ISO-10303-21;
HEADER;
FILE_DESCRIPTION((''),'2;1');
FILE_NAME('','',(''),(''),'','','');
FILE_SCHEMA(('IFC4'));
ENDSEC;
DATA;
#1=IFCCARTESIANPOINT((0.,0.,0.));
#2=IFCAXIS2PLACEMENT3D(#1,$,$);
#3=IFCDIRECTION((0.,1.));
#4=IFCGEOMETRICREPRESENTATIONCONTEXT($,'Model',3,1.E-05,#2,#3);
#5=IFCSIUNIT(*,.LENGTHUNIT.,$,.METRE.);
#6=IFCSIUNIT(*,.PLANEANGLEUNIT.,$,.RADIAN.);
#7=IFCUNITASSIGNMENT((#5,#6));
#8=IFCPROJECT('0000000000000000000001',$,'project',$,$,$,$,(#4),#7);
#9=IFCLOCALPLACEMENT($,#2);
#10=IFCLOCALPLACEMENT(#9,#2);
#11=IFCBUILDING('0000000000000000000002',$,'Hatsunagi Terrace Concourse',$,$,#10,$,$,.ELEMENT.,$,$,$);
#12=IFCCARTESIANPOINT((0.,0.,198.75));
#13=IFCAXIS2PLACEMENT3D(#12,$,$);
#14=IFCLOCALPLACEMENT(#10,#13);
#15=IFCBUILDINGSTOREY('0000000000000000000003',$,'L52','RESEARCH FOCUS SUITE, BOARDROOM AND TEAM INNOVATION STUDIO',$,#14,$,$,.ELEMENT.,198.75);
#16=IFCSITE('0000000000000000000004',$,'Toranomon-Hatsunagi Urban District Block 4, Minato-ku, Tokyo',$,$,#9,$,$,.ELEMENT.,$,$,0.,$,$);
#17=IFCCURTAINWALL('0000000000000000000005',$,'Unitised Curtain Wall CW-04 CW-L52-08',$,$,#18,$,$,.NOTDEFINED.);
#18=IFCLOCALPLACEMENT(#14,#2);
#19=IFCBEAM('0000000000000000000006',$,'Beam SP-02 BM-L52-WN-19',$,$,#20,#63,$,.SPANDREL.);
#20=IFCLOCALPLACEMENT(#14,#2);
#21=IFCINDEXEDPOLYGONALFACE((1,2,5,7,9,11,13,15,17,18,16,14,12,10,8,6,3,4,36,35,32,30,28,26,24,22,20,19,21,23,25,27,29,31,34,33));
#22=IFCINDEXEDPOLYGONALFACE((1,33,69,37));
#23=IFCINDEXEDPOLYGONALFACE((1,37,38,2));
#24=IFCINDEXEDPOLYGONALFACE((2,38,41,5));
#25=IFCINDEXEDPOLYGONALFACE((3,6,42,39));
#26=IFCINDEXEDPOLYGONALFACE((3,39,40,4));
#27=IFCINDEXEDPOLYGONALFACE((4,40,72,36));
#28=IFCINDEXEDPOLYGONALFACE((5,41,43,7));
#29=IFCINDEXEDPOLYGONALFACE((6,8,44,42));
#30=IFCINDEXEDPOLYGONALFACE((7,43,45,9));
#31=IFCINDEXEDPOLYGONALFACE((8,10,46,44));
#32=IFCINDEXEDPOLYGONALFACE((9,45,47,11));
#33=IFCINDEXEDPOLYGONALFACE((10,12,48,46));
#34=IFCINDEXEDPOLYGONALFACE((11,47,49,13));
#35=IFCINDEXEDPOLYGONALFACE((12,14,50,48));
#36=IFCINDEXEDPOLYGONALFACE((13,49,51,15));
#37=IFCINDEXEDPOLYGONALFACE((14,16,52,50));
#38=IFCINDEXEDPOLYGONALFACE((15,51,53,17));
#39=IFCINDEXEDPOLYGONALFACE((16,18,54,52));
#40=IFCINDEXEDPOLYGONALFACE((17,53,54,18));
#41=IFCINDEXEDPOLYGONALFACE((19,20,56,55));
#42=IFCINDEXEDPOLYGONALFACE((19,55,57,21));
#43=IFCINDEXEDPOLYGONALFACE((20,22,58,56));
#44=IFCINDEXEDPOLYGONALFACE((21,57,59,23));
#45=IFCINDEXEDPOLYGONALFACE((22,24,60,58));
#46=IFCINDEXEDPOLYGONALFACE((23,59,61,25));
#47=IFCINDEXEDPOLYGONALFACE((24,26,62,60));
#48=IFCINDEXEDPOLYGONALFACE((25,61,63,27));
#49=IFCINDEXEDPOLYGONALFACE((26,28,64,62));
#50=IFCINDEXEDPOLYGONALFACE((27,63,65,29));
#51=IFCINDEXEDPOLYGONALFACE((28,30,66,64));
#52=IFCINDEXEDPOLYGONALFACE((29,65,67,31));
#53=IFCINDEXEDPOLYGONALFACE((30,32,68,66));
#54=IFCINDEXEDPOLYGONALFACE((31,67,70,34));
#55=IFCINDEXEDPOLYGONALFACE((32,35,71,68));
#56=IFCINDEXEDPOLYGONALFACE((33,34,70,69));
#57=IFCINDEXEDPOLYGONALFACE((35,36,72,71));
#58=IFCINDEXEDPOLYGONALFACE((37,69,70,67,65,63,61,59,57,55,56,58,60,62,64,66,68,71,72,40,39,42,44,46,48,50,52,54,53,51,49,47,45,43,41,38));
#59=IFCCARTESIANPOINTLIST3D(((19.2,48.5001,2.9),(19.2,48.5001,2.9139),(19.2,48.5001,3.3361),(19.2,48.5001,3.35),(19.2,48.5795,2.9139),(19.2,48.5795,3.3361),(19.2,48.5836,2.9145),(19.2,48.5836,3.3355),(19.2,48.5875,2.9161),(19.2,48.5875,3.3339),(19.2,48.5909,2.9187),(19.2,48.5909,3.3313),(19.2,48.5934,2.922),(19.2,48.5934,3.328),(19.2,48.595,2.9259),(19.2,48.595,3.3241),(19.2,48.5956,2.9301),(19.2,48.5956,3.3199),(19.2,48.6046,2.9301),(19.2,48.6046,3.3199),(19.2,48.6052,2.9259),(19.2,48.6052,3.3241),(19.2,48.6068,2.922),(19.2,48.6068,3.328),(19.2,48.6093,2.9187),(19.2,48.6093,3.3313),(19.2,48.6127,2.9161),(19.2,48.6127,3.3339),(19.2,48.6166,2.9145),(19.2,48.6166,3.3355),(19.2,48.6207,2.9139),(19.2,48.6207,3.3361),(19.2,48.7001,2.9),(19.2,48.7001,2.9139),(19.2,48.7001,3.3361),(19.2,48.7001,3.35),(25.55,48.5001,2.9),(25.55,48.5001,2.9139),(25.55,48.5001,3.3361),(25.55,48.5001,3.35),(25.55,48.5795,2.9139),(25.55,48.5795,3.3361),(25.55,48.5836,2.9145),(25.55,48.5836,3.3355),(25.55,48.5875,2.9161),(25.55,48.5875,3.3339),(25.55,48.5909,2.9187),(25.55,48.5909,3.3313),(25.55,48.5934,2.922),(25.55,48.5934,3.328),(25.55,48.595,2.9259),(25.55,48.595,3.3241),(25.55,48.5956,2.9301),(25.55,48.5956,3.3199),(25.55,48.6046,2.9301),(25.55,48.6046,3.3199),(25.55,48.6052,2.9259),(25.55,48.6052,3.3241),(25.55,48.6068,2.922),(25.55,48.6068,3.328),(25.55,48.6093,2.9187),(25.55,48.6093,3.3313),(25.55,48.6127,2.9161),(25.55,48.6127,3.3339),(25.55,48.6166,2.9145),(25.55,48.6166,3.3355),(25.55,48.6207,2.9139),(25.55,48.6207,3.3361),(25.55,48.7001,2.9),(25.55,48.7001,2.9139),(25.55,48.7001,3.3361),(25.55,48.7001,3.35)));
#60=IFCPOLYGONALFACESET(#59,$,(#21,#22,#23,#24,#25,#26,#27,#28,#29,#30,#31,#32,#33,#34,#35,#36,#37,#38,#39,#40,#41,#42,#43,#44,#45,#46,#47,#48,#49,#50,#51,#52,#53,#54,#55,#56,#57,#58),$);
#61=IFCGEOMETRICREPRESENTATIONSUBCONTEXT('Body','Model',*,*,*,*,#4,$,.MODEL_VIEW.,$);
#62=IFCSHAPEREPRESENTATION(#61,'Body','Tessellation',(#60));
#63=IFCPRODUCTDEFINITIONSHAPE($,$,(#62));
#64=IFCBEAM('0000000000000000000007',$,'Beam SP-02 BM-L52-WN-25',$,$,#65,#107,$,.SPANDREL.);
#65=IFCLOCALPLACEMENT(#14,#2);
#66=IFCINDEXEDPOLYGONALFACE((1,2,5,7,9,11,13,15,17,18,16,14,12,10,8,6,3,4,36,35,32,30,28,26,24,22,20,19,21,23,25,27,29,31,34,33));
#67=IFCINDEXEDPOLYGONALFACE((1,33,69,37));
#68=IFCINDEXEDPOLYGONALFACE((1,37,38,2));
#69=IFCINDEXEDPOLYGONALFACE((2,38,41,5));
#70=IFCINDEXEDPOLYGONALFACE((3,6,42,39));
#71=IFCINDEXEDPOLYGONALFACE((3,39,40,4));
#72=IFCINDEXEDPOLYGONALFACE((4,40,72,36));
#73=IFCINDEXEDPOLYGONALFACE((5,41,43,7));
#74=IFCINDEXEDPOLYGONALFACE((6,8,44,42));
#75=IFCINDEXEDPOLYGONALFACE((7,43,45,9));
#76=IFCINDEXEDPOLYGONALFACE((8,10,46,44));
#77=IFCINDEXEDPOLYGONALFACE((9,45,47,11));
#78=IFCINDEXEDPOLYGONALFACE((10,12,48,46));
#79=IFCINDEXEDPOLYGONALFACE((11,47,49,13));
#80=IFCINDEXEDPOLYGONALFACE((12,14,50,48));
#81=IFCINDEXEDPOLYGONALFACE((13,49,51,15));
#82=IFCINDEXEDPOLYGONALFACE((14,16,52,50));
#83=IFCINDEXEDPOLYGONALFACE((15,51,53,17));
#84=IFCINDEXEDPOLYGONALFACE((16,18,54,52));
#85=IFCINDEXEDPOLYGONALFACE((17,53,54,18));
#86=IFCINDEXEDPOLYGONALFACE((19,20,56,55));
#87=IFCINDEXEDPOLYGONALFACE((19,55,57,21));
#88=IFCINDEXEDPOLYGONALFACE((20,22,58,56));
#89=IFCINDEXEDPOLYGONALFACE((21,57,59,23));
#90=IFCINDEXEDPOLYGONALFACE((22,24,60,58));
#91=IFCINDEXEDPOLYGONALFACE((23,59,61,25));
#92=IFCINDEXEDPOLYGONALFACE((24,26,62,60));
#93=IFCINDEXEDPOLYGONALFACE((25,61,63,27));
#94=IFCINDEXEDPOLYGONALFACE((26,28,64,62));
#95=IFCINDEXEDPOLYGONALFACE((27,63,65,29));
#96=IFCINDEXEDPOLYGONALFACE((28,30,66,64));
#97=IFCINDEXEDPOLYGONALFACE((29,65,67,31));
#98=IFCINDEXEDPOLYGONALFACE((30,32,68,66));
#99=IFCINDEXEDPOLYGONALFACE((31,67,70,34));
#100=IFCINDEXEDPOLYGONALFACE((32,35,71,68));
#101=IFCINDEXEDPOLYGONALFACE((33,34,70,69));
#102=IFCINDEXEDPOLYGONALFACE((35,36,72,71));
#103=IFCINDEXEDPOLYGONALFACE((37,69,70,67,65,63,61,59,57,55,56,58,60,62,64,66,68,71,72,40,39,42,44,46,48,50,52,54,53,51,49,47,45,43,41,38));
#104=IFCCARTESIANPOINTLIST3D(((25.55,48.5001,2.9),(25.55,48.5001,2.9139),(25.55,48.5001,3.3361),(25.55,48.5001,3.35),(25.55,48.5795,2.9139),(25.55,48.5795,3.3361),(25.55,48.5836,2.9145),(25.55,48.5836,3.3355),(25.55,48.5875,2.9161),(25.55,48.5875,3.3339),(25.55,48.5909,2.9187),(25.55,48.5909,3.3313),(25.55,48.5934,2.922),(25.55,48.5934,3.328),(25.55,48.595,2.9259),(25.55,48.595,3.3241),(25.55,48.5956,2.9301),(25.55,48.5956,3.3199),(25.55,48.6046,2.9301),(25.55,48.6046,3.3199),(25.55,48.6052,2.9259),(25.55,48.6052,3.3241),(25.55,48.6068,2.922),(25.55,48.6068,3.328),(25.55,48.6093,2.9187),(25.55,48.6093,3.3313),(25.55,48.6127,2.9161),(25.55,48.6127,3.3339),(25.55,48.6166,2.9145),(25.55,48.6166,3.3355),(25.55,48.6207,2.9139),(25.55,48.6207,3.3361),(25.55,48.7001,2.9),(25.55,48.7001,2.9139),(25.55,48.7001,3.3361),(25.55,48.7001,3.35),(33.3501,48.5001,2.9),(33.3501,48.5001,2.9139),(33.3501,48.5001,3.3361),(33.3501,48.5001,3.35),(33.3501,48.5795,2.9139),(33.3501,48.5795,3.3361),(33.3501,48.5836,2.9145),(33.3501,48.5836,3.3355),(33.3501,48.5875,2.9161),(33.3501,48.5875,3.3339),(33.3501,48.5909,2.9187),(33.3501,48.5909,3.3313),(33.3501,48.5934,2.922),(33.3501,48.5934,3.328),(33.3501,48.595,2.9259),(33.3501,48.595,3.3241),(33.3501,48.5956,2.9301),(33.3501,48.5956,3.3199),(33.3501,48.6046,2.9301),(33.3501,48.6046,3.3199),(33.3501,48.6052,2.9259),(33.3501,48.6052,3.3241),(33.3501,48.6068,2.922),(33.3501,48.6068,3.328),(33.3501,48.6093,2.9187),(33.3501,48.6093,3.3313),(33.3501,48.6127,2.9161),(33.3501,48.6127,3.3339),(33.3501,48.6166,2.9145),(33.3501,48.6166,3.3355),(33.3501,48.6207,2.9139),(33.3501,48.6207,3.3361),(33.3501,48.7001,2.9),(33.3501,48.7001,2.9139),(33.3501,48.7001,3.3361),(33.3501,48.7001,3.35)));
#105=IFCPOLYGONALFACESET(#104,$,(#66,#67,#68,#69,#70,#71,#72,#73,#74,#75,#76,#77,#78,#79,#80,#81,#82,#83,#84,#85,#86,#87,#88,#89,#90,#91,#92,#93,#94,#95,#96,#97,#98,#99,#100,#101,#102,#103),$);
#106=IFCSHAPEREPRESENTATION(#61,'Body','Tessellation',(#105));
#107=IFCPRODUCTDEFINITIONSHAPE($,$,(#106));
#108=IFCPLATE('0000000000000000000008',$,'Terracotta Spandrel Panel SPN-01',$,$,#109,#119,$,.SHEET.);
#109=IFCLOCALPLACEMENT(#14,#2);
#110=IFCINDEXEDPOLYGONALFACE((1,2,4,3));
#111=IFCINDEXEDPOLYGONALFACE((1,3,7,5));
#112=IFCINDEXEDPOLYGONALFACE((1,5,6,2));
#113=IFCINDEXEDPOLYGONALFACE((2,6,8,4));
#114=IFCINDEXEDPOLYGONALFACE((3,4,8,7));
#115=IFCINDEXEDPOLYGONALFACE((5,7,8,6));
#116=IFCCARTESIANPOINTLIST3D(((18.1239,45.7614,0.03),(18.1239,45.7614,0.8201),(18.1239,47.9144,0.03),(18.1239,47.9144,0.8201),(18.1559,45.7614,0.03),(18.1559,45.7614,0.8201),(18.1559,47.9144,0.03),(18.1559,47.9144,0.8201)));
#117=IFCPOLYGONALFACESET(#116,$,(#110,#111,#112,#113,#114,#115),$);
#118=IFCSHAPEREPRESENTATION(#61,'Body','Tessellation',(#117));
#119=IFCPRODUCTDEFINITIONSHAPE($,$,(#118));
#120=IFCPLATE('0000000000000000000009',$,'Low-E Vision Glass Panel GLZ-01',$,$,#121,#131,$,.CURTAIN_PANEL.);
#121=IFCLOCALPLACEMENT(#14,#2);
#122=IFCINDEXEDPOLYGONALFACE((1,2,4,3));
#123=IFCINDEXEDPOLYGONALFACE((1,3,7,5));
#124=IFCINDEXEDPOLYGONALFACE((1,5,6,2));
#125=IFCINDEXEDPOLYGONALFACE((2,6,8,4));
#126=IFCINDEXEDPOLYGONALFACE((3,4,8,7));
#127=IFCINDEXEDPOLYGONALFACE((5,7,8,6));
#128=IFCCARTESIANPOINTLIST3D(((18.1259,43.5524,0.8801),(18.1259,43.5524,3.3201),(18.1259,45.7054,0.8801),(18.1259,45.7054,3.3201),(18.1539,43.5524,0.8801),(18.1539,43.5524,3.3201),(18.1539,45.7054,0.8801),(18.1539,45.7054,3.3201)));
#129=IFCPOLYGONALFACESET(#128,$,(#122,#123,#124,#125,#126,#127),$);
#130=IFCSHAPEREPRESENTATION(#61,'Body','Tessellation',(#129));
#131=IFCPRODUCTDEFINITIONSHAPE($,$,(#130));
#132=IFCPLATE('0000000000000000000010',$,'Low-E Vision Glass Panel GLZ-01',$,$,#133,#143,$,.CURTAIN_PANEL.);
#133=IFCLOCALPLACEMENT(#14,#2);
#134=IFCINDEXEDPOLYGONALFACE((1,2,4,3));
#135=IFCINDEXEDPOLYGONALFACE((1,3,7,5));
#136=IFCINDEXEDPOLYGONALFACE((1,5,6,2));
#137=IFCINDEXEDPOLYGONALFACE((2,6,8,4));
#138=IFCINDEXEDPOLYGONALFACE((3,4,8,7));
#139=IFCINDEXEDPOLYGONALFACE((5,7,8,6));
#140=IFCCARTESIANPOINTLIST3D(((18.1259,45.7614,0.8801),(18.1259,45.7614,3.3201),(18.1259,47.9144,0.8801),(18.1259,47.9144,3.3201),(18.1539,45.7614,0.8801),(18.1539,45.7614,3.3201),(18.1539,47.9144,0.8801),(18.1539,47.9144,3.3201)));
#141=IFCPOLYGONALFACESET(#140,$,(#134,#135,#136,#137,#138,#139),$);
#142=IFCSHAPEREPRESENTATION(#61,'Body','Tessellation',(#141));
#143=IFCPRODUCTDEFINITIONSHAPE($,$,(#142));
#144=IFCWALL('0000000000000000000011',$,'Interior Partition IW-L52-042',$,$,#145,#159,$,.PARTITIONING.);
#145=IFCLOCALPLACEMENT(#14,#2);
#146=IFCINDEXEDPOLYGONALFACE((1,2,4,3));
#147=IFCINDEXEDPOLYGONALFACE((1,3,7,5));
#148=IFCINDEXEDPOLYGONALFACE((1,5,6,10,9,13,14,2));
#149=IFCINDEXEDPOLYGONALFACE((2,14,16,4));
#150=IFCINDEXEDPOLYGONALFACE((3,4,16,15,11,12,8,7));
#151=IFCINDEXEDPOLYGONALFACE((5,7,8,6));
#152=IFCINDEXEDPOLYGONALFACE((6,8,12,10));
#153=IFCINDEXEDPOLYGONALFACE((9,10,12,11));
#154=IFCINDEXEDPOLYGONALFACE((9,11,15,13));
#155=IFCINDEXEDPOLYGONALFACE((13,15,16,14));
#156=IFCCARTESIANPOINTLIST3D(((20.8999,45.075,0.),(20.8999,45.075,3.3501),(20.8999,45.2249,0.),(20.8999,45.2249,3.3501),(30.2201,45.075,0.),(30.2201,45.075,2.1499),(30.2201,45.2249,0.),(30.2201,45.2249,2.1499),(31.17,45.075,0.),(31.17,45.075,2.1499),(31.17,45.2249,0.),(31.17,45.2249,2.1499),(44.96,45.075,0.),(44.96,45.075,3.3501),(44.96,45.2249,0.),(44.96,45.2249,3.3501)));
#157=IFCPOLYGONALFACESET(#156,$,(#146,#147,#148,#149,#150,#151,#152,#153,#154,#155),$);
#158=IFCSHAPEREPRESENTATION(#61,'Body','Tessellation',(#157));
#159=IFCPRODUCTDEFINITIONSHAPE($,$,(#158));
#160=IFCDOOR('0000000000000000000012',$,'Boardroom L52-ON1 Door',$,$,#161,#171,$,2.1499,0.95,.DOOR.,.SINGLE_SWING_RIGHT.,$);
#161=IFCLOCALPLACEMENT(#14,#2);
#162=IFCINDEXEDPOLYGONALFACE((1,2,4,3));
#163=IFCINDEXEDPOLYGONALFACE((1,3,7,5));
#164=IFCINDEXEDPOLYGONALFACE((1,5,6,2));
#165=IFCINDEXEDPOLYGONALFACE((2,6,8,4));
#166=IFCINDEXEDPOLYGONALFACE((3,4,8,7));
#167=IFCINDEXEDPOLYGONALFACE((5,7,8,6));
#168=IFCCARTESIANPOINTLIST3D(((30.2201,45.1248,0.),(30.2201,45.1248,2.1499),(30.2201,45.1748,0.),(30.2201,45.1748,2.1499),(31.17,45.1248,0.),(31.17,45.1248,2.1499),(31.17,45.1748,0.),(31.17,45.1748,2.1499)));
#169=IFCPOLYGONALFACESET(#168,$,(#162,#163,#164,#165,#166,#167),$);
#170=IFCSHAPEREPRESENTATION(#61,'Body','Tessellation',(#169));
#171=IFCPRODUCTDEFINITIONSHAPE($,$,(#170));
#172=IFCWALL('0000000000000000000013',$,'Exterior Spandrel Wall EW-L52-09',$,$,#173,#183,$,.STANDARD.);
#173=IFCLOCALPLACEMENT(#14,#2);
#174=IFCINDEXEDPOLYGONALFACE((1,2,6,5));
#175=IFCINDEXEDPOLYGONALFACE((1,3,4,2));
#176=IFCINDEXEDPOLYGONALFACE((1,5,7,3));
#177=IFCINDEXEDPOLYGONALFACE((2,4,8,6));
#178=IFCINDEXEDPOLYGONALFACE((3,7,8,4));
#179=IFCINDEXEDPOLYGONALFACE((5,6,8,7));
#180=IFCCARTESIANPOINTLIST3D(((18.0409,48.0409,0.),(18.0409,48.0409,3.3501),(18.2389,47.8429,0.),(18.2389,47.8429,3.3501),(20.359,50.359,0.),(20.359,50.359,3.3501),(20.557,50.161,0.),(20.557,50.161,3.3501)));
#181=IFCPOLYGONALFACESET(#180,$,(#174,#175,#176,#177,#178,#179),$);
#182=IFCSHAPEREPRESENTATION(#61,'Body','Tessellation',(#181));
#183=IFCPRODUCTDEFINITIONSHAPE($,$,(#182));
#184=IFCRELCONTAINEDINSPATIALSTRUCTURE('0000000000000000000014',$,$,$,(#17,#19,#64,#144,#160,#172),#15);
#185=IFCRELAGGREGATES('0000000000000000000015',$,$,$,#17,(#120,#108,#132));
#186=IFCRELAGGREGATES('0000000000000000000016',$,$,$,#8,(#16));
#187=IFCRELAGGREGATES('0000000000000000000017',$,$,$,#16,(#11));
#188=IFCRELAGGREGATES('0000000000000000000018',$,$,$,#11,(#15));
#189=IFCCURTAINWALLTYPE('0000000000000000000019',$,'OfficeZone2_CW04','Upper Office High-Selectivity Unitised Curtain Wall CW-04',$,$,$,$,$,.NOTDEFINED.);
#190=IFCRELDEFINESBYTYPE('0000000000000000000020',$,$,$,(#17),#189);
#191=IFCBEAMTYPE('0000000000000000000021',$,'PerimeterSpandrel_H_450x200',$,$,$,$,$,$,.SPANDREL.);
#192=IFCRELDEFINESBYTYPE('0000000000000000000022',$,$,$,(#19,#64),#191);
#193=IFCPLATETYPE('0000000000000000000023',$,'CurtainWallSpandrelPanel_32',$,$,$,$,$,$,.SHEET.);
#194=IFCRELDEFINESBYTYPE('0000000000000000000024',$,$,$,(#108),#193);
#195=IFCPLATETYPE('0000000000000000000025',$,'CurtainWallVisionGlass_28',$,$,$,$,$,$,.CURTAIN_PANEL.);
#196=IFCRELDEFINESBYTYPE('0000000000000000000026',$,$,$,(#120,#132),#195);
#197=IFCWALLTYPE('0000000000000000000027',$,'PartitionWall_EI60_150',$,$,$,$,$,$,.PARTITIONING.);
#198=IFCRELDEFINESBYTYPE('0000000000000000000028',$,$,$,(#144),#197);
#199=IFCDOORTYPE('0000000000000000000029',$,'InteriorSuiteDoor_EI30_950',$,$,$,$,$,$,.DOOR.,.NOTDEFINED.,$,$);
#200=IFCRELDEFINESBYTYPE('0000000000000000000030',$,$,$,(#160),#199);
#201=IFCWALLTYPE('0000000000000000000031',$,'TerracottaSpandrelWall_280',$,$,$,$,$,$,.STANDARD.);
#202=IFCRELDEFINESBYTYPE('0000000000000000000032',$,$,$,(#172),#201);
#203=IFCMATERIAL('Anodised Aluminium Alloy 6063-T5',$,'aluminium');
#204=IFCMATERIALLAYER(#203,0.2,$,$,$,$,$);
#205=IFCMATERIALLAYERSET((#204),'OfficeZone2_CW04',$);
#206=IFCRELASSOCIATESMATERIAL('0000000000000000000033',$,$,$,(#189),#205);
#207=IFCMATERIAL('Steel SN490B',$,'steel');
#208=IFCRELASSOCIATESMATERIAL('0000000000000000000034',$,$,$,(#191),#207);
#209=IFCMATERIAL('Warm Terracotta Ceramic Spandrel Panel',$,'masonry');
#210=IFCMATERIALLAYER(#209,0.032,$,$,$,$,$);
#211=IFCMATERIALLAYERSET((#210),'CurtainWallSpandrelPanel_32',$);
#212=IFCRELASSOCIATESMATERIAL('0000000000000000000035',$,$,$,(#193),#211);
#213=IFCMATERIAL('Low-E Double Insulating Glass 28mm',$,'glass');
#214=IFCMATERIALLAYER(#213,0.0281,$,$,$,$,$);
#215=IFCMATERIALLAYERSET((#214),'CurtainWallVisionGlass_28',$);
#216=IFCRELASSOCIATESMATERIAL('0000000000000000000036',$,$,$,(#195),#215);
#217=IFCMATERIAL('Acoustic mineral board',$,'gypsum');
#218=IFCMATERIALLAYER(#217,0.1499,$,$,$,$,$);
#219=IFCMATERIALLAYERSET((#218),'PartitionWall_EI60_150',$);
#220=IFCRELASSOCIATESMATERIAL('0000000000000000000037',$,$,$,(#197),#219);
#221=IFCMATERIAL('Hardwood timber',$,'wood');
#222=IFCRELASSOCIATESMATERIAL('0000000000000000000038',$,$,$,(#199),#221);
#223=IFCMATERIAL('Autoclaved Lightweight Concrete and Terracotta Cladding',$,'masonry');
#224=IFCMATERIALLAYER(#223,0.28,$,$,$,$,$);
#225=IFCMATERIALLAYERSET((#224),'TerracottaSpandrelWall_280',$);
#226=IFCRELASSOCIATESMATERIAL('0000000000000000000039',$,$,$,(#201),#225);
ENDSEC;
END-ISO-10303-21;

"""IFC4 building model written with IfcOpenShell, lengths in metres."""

from ifc_helpers import new_model, si_unit, direction, frame, frame_2d, origin, origin_2d, place, context, subcontext, project, spatial, rectangle, i_section, extrude, material, layer, layer_set, material_profile, profile_set, type_object, element, fill, aggregate, save


model = new_model("IFC4")

# Units and contexts
model_context = context("Model", 3, precision=1e-05, world=origin(), true_north=direction((0.0, 1.0)))
body_context = subcontext(model_context, "Body", "Model", "MODEL_VIEW")
ifc_project = project(units=[si_unit("LENGTHUNIT", "METRE"), si_unit("PLANEANGLEUNIT", "RADIAN")], contexts=[model_context])

# Site, building, storey
site_placement = place(None, origin())
site = spatial("IfcSite", under=ifc_project, at=site_placement, Name="Toranomon-Hatsunagi Urban District Block 4, Minato-ku, Tokyo", CompositionType="ELEMENT", RefElevation=0.0)
building_placement = place(site_placement, origin())
building = spatial("IfcBuilding", under=site, at=building_placement, Name="Hatsunagi Terrace Concourse", CompositionType="ELEMENT")
storey_placement = place(building_placement, frame((0.0, 0.0, 198.75)))
storey = spatial("IfcBuildingStorey", under=building, at=storey_placement, Name="L52", Description="RESEARCH FOCUS SUITE, BOARDROOM AND TEAM INNOVATION STUDIO", CompositionType="ELEMENT", Elevation=198.75)

# Curtain wall
ifc_material_1 = material(Name="Anodised Aluminium Alloy 6063-T5", Category="aluminium")
ifc_layer_1 = layer(ifc_material_1, 0.2)
ifc_layer_set_1 = layer_set([ifc_layer_1], Name="OfficeZone2_CW04")
curtain_wall_type = type_object("IfcCurtainWallType", Name="OfficeZone2_CW04", Description="Upper Office High-Selectivity Unitised Curtain Wall CW-04", PredefinedType="NOTDEFINED", material=ifc_layer_set_1)
curtain_wall_placement = place(storey_placement, origin())
curtain_wall = element("IfcCurtainWall", 1, at=curtain_wall_placement, inside=storey, type_object=curtain_wall_type, Name="Unitised Curtain Wall CW-04 CW-L52-08", PredefinedType="NOTDEFINED")

# Beams
ifc_material_2 = material(Name="Steel SN490B", Category="steel")
ifc_material_profile_1 = material_profile(ifc_material_2, i_section(OverallWidth=0.2, OverallDepth=0.45, WebThickness=0.009, FlangeThickness=0.0139, FilletRadius=0.0161, at=origin_2d()), Name="H-450x200x9x14")
ifc_profile_set_1 = profile_set([ifc_material_profile_1], Name="Steel SN490B")
beam_type_1 = type_object("IfcBeamType", Name="PerimeterSpandrel_H_450x200", PredefinedType="SPANDREL", material=ifc_profile_set_1)
beam_1_placement = place(storey_placement, frame((19.2, 48.6001, 3.125), z_axis=(1.0, 0.0, 0.0), x_axis=(0.0, 1.0, 0.0)))
element("IfcBeam", 2, at=beam_1_placement, inside=storey, type_object=beam_type_1, Name="Beam SP-02 BM-L52-WN-19", PredefinedType="SPANDREL", context=body_context, shape_type="SweptSolid", body=[
    extrude(i_section(OverallWidth=0.2, OverallDepth=0.45, WebThickness=0.009, FlangeThickness=0.0139, FilletRadius=0.0161, at=origin_2d()), origin(), (0.0, 0.0, 1.0), 6.3501),
])
beam_2_placement = place(storey_placement, frame((25.55, 48.6001, 3.125), z_axis=(1.0, 0.0, 0.0), x_axis=(0.0, 1.0, 0.0)))
element("IfcBeam", 3, at=beam_2_placement, inside=storey, type_object=beam_type_1, Name="Beam SP-02 BM-L52-WN-25", PredefinedType="SPANDREL", context=body_context, shape_type="SweptSolid", body=[
    extrude(i_section(OverallWidth=0.2, OverallDepth=0.45, WebThickness=0.009, FlangeThickness=0.0139, FilletRadius=0.0161, at=origin_2d()), origin(), (0.0, 0.0, 1.0), 7.8),
])

# Plates
ifc_material_3 = material(Name="Warm Terracotta Ceramic Spandrel Panel", Category="masonry")
ifc_layer_2 = layer(ifc_material_3, 0.032)
ifc_layer_set_2 = layer_set([ifc_layer_2], Name="CurtainWallSpandrelPanel_32")
plate_type_1 = type_object("IfcPlateType", Name="CurtainWallSpandrelPanel_32", PredefinedType="SHEET", material=ifc_layer_set_2)
plate_1_placement = place(storey_placement, frame((18.1399, 46.8379, 0.03), z_axis=(0.0, 0.0, 1.0), x_axis=(0.0, 1.0, 0.0)))
plate_1 = element("IfcPlate", 4, at=plate_1_placement, type_object=plate_type_1, Name="Terracotta Spandrel Panel SPN-01", PredefinedType="SHEET", context=body_context, shape_type="SweptSolid", body=[
    extrude(rectangle(XDim=2.1531, YDim=0.032, at=origin_2d()), origin(), (0.0, 0.0, 1.0), 0.79),
])
ifc_material_4 = material(Name="Low-E Double Insulating Glass 28mm", Category="glass")
ifc_layer_3 = layer(ifc_material_4, 0.0281)
ifc_layer_set_3 = layer_set([ifc_layer_3], Name="CurtainWallVisionGlass_28")
plate_type_2 = type_object("IfcPlateType", Name="CurtainWallVisionGlass_28", PredefinedType="CURTAIN_PANEL", material=ifc_layer_set_3)
plate_2_placement = place(storey_placement, frame((18.1399, 44.6289, 0.8801), z_axis=(0.0, 0.0, 1.0), x_axis=(0.0, 1.0, 0.0)))
plate_2 = element("IfcPlate", 5, at=plate_2_placement, type_object=plate_type_2, Name="Low-E Vision Glass Panel GLZ-01", PredefinedType="CURTAIN_PANEL", context=body_context, shape_type="SweptSolid", body=[
    extrude(rectangle(XDim=2.1531, YDim=0.0281, at=origin_2d()), origin(), (0.0, 0.0, 1.0), 2.4399),
])
plate_3_placement = place(storey_placement, frame((18.1399, 46.8379, 0.8801), z_axis=(0.0, 0.0, 1.0), x_axis=(0.0, 1.0, 0.0)))
plate_3 = element("IfcPlate", 6, at=plate_3_placement, type_object=plate_type_2, Name="Low-E Vision Glass Panel GLZ-01", PredefinedType="CURTAIN_PANEL", context=body_context, shape_type="SweptSolid", body=[
    extrude(rectangle(XDim=2.1531, YDim=0.0281, at=origin_2d()), origin(), (0.0, 0.0, 1.0), 2.4399),
])
aggregate(curtain_wall, [plate_2, plate_1, plate_3])

# Wall, opening, door
ifc_material_5 = material(Name="Acoustic mineral board", Category="gypsum")
ifc_layer_4 = layer(ifc_material_5, 0.1499)
ifc_layer_set_4 = layer_set([ifc_layer_4], Name="PartitionWall_EI60_150")
wall_type_1 = type_object("IfcWallType", Name="PartitionWall_EI60_150", PredefinedType="PARTITIONING", material=ifc_layer_set_4)
wall_1_placement = place(storey_placement, frame((20.8999, 45.1499, 0.0), z_axis=(0.0, 0.0, 1.0), x_axis=(1.0, 0.0, 0.0)))
wall_1 = element("IfcWall", 7, at=wall_1_placement, inside=storey, type_object=wall_type_1, Name="Interior Partition IW-L52-042", PredefinedType="PARTITIONING", context=body_context, shape_type="SweptSolid", body=[
    extrude(rectangle(XDim=24.0601, YDim=0.1499, at=frame_2d((12.03, 0.0))), origin(), (0.0, 0.0, 1.0), 3.3501),
])
opening_1_placement = place(wall_1_placement, frame((9.3201, 0.0, 0.0)))
opening_1 = element("IfcOpeningElement", 8, at=opening_1_placement, cuts=wall_1, PredefinedType="OPENING", context=body_context, shape_type="SweptSolid", body=[
    extrude(rectangle(XDim=0.95, YDim=2.1499, at=frame_2d((0.4751, 1.075))), frame((0.0, 0.085, 0.0), z_axis=(0.0, -1.0, 0.0), x_axis=(1.0, 0.0, 0.0)), (0.0, 0.0, 1.0), 0.1699),
])
ifc_material_6 = material(Name="Hardwood timber", Category="wood")
door_type_1 = type_object("IfcDoorType", Name="InteriorSuiteDoor_EI30_950", OperationType="NOTDEFINED", PredefinedType="DOOR", material=ifc_material_6)
door_1_placement = place(opening_1_placement, origin())
door_1 = element("IfcDoor", 9, at=door_1_placement, inside=storey, type_object=door_type_1, Name="Boardroom L52-ON1 Door", OperationType="SINGLE_SWING_RIGHT", OverallHeight=2.1499, OverallWidth=0.95, PredefinedType="DOOR", context=body_context, shape_type="SweptSolid", body=[
    extrude(rectangle(XDim=0.95, YDim=2.1499, at=frame_2d((0.4751, 1.075))), frame((0.0, 0.0249, 0.0), z_axis=(0.0, -1.0, 0.0), x_axis=(1.0, 0.0, 0.0)), (0.0, 0.0, 1.0), 0.05),
])
fill(opening_1, door_1)

# Wall
ifc_material_7 = material(Name="Autoclaved Lightweight Concrete and Terracotta Cladding", Category="masonry")
ifc_layer_5 = layer(ifc_material_7, 0.28)
ifc_layer_set_5 = layer_set([ifc_layer_5], Name="TerracottaSpandrelWall_280")
wall_type_2 = type_object("IfcWallType", Name="TerracottaSpandrelWall_280", PredefinedType="STANDARD", material=ifc_layer_set_5)
wall_2_placement = place(storey_placement, frame((18.1399, 47.9419, 0.0), z_axis=(0.0, 0.0, 1.0), x_axis=(0.707107, 0.707107, 0.0)))
element("IfcWall", 10, at=wall_2_placement, inside=storey, type_object=wall_type_2, Name="Exterior Spandrel Wall EW-L52-09", PredefinedType="STANDARD", context=body_context, shape_type="SweptSolid", body=[
    extrude(rectangle(XDim=3.2783, YDim=0.28, at=frame_2d((1.6392, 0.0))), origin(), (0.0, 0.0, 1.0), 3.3501),
])

save(model, "model.ifc")
